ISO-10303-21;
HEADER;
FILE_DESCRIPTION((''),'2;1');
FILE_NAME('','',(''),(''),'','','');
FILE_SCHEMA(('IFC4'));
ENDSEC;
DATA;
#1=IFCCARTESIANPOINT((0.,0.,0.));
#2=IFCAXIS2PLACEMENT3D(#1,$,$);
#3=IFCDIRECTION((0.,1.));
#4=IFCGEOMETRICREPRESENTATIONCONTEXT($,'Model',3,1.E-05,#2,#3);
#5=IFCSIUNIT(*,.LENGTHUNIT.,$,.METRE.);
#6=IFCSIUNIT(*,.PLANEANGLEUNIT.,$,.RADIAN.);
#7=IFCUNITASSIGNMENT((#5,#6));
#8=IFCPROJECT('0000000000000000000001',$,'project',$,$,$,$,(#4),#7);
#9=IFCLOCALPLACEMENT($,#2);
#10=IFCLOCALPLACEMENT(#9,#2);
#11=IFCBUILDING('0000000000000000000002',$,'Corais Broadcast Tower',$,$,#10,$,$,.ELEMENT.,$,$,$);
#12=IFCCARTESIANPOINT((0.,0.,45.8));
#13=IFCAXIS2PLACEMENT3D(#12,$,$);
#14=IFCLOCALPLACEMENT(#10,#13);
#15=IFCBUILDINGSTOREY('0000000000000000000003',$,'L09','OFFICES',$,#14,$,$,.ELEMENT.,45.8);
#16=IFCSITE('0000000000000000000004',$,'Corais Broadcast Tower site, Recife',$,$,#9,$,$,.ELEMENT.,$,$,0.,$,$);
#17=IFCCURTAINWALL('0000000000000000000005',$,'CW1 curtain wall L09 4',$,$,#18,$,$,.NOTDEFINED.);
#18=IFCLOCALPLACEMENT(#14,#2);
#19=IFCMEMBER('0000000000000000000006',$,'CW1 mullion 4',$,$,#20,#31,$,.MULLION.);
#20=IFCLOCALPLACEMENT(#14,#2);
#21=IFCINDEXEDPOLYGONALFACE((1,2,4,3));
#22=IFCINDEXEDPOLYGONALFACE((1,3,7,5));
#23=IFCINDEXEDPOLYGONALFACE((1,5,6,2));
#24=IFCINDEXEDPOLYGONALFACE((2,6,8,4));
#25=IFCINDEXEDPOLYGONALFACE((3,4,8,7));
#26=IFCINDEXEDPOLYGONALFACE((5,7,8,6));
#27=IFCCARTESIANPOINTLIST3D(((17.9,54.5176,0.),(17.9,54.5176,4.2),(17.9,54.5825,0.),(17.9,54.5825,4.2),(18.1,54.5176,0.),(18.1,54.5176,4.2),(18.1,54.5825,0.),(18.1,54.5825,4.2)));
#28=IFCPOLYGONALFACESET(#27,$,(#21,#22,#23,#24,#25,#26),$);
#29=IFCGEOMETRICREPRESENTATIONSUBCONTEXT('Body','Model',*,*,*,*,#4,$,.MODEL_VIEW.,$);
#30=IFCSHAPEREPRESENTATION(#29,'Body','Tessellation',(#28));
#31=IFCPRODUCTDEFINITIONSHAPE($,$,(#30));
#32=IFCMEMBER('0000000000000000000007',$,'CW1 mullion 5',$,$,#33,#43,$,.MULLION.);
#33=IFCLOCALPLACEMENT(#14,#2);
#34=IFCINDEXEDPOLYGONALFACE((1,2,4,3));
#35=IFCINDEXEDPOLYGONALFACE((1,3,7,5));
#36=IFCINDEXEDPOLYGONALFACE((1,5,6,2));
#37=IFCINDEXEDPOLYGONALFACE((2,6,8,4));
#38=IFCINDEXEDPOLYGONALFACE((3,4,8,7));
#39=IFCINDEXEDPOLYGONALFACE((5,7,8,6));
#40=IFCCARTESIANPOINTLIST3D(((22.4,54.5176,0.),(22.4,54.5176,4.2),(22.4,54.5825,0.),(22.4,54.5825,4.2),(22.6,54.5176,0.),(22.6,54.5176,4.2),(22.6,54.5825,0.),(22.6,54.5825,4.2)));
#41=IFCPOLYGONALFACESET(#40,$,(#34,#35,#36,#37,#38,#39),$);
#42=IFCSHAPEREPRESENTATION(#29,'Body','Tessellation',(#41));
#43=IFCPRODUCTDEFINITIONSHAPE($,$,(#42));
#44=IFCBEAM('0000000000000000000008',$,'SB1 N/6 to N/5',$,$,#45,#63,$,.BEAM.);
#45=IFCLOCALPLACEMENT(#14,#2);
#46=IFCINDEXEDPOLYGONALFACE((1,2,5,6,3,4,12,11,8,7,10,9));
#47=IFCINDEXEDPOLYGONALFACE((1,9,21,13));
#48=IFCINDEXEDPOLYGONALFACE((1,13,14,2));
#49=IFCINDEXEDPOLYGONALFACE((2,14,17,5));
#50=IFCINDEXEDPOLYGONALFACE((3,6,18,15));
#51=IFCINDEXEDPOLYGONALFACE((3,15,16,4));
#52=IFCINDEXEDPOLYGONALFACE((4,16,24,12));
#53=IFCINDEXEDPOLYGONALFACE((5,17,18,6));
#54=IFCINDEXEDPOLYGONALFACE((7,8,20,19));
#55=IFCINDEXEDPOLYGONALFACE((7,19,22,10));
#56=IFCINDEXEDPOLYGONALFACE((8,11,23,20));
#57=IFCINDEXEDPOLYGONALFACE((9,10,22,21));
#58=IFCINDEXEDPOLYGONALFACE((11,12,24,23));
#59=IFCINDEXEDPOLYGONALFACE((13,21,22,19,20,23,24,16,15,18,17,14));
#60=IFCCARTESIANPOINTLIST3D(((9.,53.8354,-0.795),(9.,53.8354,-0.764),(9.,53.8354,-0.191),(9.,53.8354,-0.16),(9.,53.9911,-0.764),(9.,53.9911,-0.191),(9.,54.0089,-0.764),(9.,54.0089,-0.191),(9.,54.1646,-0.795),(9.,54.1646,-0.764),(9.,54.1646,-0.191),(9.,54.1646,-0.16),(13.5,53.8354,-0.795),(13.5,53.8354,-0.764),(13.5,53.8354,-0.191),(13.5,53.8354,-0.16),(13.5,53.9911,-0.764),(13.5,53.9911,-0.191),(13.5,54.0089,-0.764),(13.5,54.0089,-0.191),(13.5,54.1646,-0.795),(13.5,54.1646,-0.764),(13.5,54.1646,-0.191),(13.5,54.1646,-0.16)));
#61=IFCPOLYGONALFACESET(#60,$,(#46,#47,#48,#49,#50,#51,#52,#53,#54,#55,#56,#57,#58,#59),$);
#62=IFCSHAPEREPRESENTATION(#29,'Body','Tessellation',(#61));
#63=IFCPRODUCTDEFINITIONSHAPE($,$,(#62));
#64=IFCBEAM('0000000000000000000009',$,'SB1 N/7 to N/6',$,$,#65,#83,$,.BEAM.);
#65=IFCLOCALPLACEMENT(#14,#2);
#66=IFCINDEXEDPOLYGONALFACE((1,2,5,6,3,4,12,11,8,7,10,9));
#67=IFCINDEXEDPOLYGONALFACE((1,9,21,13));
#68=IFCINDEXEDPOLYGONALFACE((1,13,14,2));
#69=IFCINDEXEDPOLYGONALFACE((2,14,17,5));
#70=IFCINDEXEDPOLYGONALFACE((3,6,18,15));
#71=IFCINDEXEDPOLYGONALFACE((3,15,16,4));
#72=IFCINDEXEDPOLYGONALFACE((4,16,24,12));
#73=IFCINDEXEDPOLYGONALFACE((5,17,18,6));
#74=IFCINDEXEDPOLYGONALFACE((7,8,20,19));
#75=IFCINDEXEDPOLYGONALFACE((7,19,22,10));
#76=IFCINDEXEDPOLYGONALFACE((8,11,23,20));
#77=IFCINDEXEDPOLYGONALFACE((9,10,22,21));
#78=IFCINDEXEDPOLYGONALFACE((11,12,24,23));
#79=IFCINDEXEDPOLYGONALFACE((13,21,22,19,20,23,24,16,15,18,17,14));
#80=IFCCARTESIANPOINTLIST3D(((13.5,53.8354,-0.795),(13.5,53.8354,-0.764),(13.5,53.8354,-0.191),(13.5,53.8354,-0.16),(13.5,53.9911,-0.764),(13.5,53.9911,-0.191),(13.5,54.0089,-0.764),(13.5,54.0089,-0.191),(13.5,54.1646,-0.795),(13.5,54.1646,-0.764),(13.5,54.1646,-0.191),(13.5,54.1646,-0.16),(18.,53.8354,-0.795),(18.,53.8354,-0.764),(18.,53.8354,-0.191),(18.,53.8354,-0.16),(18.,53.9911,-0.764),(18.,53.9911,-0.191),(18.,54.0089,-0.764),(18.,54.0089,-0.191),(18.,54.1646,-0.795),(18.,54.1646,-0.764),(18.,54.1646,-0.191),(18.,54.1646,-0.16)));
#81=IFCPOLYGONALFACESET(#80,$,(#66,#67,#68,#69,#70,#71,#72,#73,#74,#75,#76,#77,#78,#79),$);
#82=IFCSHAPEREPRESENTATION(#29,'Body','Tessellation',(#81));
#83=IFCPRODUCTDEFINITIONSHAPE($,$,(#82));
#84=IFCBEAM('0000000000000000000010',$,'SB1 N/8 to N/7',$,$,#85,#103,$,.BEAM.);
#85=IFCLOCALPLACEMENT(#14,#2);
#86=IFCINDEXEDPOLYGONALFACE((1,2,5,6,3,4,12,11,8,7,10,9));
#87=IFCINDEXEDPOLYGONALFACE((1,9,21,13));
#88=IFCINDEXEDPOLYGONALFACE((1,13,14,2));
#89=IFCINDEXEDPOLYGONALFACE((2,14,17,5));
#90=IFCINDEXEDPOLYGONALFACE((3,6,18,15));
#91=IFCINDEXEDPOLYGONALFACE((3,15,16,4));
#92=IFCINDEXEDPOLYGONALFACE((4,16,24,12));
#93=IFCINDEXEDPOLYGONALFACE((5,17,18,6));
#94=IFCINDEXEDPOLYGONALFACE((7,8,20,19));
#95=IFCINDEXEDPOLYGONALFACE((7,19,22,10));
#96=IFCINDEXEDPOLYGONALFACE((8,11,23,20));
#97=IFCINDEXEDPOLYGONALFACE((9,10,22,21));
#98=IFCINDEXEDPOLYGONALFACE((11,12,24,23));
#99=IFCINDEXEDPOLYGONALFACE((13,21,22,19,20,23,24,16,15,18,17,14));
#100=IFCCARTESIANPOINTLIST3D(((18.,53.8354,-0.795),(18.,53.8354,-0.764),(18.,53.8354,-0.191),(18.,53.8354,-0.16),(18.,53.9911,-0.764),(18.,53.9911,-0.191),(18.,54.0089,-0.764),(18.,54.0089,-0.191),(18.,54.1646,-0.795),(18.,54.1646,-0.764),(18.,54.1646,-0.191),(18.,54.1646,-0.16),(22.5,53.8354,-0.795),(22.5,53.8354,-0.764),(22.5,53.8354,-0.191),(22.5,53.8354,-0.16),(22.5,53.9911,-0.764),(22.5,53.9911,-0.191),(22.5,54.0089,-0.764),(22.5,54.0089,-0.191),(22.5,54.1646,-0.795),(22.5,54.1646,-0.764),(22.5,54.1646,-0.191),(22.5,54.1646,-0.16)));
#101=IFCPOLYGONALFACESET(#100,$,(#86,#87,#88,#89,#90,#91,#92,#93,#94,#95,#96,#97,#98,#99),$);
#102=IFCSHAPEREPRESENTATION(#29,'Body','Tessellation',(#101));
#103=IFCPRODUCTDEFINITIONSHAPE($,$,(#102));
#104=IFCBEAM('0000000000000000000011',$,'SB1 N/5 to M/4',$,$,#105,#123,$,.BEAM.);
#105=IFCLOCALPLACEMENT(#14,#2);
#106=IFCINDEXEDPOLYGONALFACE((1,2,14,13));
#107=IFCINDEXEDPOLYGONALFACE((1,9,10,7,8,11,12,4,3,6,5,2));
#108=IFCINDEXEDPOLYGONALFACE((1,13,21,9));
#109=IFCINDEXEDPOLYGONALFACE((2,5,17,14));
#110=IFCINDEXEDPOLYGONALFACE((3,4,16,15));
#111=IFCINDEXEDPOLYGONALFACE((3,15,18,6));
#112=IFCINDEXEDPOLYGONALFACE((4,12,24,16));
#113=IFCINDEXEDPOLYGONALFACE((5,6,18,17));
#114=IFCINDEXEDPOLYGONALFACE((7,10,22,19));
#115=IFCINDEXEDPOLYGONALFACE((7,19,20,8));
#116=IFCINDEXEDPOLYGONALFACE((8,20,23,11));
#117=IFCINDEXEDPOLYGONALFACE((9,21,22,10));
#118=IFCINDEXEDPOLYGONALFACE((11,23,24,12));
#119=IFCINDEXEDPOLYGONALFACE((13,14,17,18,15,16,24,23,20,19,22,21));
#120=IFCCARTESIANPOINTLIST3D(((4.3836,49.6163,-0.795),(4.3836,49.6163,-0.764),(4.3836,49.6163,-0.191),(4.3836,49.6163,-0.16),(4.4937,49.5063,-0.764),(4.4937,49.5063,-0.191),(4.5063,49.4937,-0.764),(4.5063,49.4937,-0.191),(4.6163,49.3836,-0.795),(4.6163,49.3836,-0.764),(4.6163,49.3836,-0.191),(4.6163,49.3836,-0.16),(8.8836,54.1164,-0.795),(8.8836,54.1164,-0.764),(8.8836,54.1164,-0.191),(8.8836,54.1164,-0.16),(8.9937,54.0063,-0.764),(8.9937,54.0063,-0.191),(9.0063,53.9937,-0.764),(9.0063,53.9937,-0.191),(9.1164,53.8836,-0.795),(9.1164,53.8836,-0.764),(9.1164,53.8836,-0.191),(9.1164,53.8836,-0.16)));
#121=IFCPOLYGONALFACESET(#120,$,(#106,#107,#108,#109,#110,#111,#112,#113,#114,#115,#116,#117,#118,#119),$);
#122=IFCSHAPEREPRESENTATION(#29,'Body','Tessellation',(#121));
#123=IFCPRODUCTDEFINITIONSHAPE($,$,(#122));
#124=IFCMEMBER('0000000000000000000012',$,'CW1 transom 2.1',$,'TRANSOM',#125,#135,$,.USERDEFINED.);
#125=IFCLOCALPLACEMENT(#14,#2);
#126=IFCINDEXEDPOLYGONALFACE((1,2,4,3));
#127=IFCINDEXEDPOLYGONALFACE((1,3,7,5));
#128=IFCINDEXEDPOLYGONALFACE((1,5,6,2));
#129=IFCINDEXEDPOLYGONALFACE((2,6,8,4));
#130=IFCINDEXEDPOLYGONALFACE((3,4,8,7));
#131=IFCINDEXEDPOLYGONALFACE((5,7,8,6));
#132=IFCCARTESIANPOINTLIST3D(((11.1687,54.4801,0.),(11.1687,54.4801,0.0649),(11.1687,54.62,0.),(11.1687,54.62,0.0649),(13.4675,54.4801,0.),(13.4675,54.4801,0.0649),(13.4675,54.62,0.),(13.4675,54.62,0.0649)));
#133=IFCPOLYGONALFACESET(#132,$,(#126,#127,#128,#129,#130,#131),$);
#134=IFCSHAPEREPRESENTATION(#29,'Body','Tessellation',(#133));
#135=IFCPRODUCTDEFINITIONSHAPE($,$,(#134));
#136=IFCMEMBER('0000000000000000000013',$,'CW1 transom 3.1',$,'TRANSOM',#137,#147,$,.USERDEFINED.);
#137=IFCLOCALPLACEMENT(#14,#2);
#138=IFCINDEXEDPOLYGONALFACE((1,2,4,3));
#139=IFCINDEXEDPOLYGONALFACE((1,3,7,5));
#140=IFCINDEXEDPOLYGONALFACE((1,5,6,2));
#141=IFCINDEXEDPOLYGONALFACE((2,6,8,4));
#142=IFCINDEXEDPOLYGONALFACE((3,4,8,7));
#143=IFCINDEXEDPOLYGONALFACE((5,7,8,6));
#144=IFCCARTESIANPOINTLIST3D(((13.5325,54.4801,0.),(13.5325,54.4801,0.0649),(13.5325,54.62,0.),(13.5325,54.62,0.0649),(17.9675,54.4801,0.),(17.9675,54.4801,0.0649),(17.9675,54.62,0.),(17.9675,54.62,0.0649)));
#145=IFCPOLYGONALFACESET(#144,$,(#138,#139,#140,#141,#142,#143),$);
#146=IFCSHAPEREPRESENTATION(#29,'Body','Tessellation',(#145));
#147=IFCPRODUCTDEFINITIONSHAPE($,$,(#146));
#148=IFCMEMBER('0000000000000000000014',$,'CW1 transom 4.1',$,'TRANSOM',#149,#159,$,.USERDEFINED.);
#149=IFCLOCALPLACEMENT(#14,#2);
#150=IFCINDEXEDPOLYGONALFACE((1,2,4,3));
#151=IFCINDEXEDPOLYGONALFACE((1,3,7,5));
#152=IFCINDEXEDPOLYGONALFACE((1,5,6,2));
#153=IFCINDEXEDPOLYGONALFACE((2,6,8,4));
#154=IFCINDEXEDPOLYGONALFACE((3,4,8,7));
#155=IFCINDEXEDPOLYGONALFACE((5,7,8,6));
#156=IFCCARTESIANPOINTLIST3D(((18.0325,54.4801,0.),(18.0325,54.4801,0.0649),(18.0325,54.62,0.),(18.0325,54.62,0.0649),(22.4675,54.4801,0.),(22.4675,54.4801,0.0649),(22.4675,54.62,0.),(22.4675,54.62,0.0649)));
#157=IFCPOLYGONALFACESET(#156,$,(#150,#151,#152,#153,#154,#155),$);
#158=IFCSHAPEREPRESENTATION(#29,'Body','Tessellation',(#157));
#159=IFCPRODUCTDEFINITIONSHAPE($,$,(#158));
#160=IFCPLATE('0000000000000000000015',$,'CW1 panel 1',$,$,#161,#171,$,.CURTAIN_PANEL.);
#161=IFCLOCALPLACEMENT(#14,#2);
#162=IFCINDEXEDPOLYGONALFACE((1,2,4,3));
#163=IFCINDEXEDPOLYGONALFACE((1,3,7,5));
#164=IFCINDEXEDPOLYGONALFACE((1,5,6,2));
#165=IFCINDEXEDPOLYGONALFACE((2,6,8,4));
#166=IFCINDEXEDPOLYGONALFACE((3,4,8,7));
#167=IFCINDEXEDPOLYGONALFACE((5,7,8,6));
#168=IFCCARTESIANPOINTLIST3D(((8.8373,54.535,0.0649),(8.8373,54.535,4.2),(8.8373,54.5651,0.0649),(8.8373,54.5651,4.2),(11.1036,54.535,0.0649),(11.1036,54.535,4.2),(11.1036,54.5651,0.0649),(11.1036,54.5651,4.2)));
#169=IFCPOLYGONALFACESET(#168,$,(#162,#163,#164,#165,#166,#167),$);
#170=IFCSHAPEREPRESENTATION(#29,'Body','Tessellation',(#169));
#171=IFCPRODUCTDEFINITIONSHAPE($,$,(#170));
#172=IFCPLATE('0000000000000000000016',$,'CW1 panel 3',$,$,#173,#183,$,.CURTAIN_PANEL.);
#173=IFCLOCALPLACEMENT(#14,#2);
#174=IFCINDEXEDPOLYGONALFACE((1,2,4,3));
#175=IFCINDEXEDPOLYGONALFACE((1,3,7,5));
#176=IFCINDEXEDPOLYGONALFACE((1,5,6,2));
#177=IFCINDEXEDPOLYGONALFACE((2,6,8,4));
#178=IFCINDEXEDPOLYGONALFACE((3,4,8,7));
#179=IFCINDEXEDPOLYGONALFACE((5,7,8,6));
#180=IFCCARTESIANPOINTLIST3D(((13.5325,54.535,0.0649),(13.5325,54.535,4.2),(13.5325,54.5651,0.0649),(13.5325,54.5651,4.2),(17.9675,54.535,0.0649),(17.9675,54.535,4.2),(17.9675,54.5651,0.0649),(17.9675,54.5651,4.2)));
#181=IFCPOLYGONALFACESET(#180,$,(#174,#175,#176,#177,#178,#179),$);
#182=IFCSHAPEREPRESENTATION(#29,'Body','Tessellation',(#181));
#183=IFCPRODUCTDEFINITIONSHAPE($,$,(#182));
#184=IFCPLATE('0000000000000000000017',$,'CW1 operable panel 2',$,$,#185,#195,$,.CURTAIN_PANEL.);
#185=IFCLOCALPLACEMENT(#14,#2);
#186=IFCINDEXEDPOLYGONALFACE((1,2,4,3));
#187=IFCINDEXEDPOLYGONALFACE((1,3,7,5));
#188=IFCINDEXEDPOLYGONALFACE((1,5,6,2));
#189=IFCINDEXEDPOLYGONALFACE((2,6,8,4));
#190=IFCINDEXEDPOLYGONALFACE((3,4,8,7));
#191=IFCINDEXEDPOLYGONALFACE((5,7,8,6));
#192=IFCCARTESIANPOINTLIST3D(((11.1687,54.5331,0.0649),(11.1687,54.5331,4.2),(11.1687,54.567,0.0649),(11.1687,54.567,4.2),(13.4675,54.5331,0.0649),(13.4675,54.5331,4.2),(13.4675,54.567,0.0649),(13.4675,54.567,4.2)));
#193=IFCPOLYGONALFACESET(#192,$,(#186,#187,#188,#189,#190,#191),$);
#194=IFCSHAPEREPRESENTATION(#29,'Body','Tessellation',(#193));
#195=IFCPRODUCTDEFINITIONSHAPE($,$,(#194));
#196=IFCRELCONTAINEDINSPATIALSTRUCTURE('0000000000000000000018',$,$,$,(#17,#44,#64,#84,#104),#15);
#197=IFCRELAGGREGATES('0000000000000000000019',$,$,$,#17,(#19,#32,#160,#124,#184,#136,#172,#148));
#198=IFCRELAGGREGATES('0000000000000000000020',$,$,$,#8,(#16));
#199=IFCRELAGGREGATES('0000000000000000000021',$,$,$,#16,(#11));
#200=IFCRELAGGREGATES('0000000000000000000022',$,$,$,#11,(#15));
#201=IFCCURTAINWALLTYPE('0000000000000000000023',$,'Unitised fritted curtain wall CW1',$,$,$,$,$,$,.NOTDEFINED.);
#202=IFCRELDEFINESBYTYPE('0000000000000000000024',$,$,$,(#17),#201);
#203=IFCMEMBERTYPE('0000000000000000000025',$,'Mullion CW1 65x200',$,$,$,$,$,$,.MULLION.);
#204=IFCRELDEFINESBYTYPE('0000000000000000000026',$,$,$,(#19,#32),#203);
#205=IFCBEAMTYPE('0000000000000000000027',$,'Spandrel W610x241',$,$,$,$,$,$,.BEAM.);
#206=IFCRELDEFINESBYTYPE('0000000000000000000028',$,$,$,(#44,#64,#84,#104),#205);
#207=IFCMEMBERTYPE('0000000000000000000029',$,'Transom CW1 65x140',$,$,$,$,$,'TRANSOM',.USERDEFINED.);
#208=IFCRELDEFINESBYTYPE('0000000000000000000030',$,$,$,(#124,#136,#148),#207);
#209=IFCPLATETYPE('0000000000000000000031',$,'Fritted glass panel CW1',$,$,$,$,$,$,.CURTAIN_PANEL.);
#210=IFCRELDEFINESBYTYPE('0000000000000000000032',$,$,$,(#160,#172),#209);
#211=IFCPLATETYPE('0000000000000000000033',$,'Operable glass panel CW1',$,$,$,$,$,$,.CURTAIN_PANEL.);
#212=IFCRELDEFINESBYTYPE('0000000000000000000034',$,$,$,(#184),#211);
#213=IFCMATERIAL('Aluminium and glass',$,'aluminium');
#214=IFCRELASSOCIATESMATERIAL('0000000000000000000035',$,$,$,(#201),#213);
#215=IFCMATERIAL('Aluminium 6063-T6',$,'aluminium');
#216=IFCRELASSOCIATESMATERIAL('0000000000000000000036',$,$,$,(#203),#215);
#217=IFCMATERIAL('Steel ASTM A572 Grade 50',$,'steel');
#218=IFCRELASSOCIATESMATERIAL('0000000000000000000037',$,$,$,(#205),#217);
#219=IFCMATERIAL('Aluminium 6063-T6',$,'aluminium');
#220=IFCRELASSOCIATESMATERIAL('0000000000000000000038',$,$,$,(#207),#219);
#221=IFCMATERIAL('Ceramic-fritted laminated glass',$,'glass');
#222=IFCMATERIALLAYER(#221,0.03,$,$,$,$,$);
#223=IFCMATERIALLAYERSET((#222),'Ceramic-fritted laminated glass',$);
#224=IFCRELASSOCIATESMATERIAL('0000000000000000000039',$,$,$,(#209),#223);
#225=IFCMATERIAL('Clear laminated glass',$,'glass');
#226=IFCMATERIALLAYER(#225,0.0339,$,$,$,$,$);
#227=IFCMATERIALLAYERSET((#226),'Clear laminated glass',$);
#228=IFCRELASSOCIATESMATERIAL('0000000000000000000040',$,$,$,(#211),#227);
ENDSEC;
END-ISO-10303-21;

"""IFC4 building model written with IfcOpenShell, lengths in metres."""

from ifc_helpers import new_model, si_unit, direction, frame, origin, origin_2d, place, context, subcontext, project, spatial, rectangle, i_section, extrude, material, layer, layer_set, material_profile, profile_set, type_object, element, aggregate, save


model = new_model("IFC4")

# Units and contexts
model_context = context("Model", 3, precision=1e-05, world=origin(), true_north=direction((0.0, 1.0)))
body_context = subcontext(model_context, "Body", "Model", "MODEL_VIEW")
ifc_project = project(units=[si_unit("LENGTHUNIT", "METRE"), si_unit("PLANEANGLEUNIT", "RADIAN")], contexts=[model_context])

# Site, building, storey
site_placement = place(None, origin())
site = spatial("IfcSite", under=ifc_project, at=site_placement, Name="Corais Broadcast Tower site, Recife", CompositionType="ELEMENT", RefElevation=0.0)
building_placement = place(site_placement, origin())
building = spatial("IfcBuilding", under=site, at=building_placement, Name="Corais Broadcast Tower", CompositionType="ELEMENT")
storey_placement = place(building_placement, frame((0.0, 0.0, 45.8)))
storey = spatial("IfcBuildingStorey", under=building, at=storey_placement, Name="L09", Description="OFFICES", CompositionType="ELEMENT", Elevation=45.8)

# Curtain wall, members
ifc_material_1 = material(Name="Aluminium and glass", Category="aluminium")
curtain_wall_type = type_object("IfcCurtainWallType", Name="Unitised fritted curtain wall CW1", PredefinedType="NOTDEFINED", material=ifc_material_1)
curtain_wall_placement = place(storey_placement, origin())
curtain_wall = element("IfcCurtainWall", 1, at=curtain_wall_placement, inside=storey, type_object=curtain_wall_type, Name="CW1 curtain wall L09 4", PredefinedType="NOTDEFINED")
ifc_material_2 = material(Name="Aluminium 6063-T6", Category="aluminium")
ifc_material_profile_1 = material_profile(ifc_material_2, rectangle(XDim=0.0649, YDim=0.2, at=origin_2d()), Name="Mullion CW1 65x200")
ifc_profile_set_1 = profile_set([ifc_material_profile_1], Name="Aluminium 6063-T6")
member_type_1 = type_object("IfcMemberType", Name="Mullion CW1 65x200", PredefinedType="MULLION", material=ifc_profile_set_1)
member_1_placement = place(storey_placement, frame((18.0, 54.55, 0.0), z_axis=(0.0, 0.0, 1.0), x_axis=(0.0, 1.0, 0.0)))
member_1 = element("IfcMember", 2, at=member_1_placement, type_object=member_type_1, Name="CW1 mullion 4", PredefinedType="MULLION", context=body_context, shape_type="SweptSolid", body=[
    extrude(rectangle(XDim=0.0649, YDim=0.2, at=origin_2d()), origin(), (0.0, 0.0, 1.0), 4.2),
])
member_2_placement = place(storey_placement, frame((22.5, 54.55, 0.0), z_axis=(0.0, 0.0, 1.0), x_axis=(0.0, 1.0, 0.0)))
member_2 = element("IfcMember", 3, at=member_2_placement, type_object=member_type_1, Name="CW1 mullion 5", PredefinedType="MULLION", context=body_context, shape_type="SweptSolid", body=[
    extrude(rectangle(XDim=0.0649, YDim=0.2, at=origin_2d()), origin(), (0.0, 0.0, 1.0), 4.2),
])

# Beams
ifc_material_3 = material(Name="Steel ASTM A572 Grade 50", Category="steel")
ifc_material_profile_2 = material_profile(ifc_material_3, i_section(OverallWidth=0.3291, OverallDepth=0.635, WebThickness=0.0178, FlangeThickness=0.031, at=origin_2d()), Name="W610x241")
ifc_profile_set_2 = profile_set([ifc_material_profile_2], Name="Steel ASTM A572 Grade 50")
beam_type_1 = type_object("IfcBeamType", Name="Spandrel W610x241", PredefinedType="BEAM", material=ifc_profile_set_2)
for number, where, z_axis, x_axis, name in (
    (4, (13.5, 54.0, -0.4775), (-1.0, 0.0, 0.0), (0.0, -1.0, 0.0), "SB1 N/6 to N/5"),
    (5, (18.0, 54.0, -0.4775), (-1.0, 0.0, 0.0), (0.0, -1.0, 0.0), "SB1 N/7 to N/6"),
    (6, (22.5, 54.0, -0.4775), (-1.0, 0.0, 0.0), (0.0, -1.0, 0.0), "SB1 N/8 to N/7"),
):
    element("IfcBeam", number, at=place(storey_placement, frame(where, z_axis=z_axis, x_axis=x_axis)), inside=storey, type_object=beam_type_1, Name=name, PredefinedType="BEAM", context=body_context, shape_type="SweptSolid", body=[
        extrude(i_section(OverallWidth=0.3291, OverallDepth=0.635, WebThickness=0.0178, FlangeThickness=0.031, at=origin_2d()), origin(), (0.0, 0.0, 1.0), 4.5),
    ])
beam_1_placement = place(storey_placement, frame((9.0, 54.0, -0.4775), z_axis=(-0.707107, -0.707107, 0.0), x_axis=(0.707107, -0.707107, 0.0)))
element("IfcBeam", 7, at=beam_1_placement, inside=storey, type_object=beam_type_1, Name="SB1 N/5 to M/4", PredefinedType="BEAM", context=body_context, shape_type="SweptSolid", body=[
    extrude(i_section(OverallWidth=0.3291, OverallDepth=0.635, WebThickness=0.0178, FlangeThickness=0.031, at=origin_2d()), origin(), (0.0, 0.0, 1.0), 6.364),
])

# Members
ifc_material_4 = material(Name="Aluminium 6063-T6", Category="aluminium")
ifc_material_profile_3 = material_profile(ifc_material_4, rectangle(XDim=0.1399, YDim=0.0649, at=origin_2d()), Name="Transom CW1 65x140")
ifc_profile_set_3 = profile_set([ifc_material_profile_3], Name="Aluminium 6063-T6")
member_type_2 = type_object("IfcMemberType", Name="Transom CW1 65x140", ElementType="TRANSOM", PredefinedType="USERDEFINED", material=ifc_profile_set_3)
member_3_placement = place(storey_placement, frame((11.1687, 54.55, 0.0325), z_axis=(1.0, 0.0, 0.0), x_axis=(0.0, 1.0, 0.0)))
member_3 = element("IfcMember", 8, at=member_3_placement, type_object=member_type_2, Name="CW1 transom 2.1", ObjectType="TRANSOM", PredefinedType="USERDEFINED", context=body_context, shape_type="SweptSolid", body=[
    extrude(rectangle(XDim=0.1399, YDim=0.0649, at=origin_2d()), origin(), (0.0, 0.0, 1.0), 2.2988),
])
member_4_placement = place(storey_placement, frame((13.5325, 54.55, 0.0325), z_axis=(1.0, 0.0, 0.0), x_axis=(0.0, 1.0, 0.0)))
member_4 = element("IfcMember", 9, at=member_4_placement, type_object=member_type_2, Name="CW1 transom 3.1", ObjectType="TRANSOM", PredefinedType="USERDEFINED", context=body_context, shape_type="SweptSolid", body=[
    extrude(rectangle(XDim=0.1399, YDim=0.0649, at=origin_2d()), origin(), (0.0, 0.0, 1.0), 4.4351),
])
member_5_placement = place(storey_placement, frame((18.0325, 54.55, 0.0325), z_axis=(1.0, 0.0, 0.0), x_axis=(0.0, 1.0, 0.0)))
member_5 = element("IfcMember", 10, at=member_5_placement, type_object=member_type_2, Name="CW1 transom 4.1", ObjectType="TRANSOM", PredefinedType="USERDEFINED", context=body_context, shape_type="SweptSolid", body=[
    extrude(rectangle(XDim=0.1399, YDim=0.0649, at=origin_2d()), origin(), (0.0, 0.0, 1.0), 4.4351),
])

# Plates
ifc_material_5 = material(Name="Ceramic-fritted laminated glass", Category="glass")
ifc_layer_1 = layer(ifc_material_5, 0.03)
ifc_layer_set_1 = layer_set([ifc_layer_1], Name="Ceramic-fritted laminated glass")
plate_type_1 = type_object("IfcPlateType", Name="Fritted glass panel CW1", PredefinedType="CURTAIN_PANEL", material=ifc_layer_set_1)
plate_1_placement = place(storey_placement, frame((9.9705, 54.55, 0.0649), z_axis=(0.0, 0.0, 1.0), x_axis=(1.0, 0.0, 0.0)))
plate_1 = element("IfcPlate", 11, at=plate_1_placement, type_object=plate_type_1, Name="CW1 panel 1", PredefinedType="CURTAIN_PANEL", context=body_context, shape_type="SweptSolid", body=[
    extrude(rectangle(XDim=2.2664, YDim=0.03, at=origin_2d()), origin(), (0.0, 0.0, 1.0), 4.135),
])
plate_2_placement = place(storey_placement, frame((15.75, 54.55, 0.0649), z_axis=(0.0, 0.0, 1.0), x_axis=(1.0, 0.0, 0.0)))
plate_2 = element("IfcPlate", 12, at=plate_2_placement, type_object=plate_type_1, Name="CW1 panel 3", PredefinedType="CURTAIN_PANEL", context=body_context, shape_type="SweptSolid", body=[
    extrude(rectangle(XDim=4.4351, YDim=0.03, at=origin_2d()), origin(), (0.0, 0.0, 1.0), 4.135),
])
ifc_material_6 = material(Name="Clear laminated glass", Category="glass")
ifc_layer_2 = layer(ifc_material_6, 0.0339)
ifc_layer_set_2 = layer_set([ifc_layer_2], Name="Clear laminated glass")
plate_type_2 = type_object("IfcPlateType", Name="Operable glass panel CW1", PredefinedType="CURTAIN_PANEL", material=ifc_layer_set_2)
plate_3_placement = place(storey_placement, frame((12.3181, 54.55, 0.0649), z_axis=(0.0, 0.0, 1.0), x_axis=(1.0, 0.0, 0.0)))
plate_3 = element("IfcPlate", 13, at=plate_3_placement, type_object=plate_type_2, Name="CW1 operable panel 2", PredefinedType="CURTAIN_PANEL", context=body_context, shape_type="SweptSolid", body=[
    extrude(rectangle(XDim=2.2988, YDim=0.0339, at=origin_2d()), origin(), (0.0, 0.0, 1.0), 4.135),
])
aggregate(curtain_wall, [member_1, member_2, plate_1, member_3, plate_3, member_4, plate_2, member_5])

save(model, "model.ifc")
